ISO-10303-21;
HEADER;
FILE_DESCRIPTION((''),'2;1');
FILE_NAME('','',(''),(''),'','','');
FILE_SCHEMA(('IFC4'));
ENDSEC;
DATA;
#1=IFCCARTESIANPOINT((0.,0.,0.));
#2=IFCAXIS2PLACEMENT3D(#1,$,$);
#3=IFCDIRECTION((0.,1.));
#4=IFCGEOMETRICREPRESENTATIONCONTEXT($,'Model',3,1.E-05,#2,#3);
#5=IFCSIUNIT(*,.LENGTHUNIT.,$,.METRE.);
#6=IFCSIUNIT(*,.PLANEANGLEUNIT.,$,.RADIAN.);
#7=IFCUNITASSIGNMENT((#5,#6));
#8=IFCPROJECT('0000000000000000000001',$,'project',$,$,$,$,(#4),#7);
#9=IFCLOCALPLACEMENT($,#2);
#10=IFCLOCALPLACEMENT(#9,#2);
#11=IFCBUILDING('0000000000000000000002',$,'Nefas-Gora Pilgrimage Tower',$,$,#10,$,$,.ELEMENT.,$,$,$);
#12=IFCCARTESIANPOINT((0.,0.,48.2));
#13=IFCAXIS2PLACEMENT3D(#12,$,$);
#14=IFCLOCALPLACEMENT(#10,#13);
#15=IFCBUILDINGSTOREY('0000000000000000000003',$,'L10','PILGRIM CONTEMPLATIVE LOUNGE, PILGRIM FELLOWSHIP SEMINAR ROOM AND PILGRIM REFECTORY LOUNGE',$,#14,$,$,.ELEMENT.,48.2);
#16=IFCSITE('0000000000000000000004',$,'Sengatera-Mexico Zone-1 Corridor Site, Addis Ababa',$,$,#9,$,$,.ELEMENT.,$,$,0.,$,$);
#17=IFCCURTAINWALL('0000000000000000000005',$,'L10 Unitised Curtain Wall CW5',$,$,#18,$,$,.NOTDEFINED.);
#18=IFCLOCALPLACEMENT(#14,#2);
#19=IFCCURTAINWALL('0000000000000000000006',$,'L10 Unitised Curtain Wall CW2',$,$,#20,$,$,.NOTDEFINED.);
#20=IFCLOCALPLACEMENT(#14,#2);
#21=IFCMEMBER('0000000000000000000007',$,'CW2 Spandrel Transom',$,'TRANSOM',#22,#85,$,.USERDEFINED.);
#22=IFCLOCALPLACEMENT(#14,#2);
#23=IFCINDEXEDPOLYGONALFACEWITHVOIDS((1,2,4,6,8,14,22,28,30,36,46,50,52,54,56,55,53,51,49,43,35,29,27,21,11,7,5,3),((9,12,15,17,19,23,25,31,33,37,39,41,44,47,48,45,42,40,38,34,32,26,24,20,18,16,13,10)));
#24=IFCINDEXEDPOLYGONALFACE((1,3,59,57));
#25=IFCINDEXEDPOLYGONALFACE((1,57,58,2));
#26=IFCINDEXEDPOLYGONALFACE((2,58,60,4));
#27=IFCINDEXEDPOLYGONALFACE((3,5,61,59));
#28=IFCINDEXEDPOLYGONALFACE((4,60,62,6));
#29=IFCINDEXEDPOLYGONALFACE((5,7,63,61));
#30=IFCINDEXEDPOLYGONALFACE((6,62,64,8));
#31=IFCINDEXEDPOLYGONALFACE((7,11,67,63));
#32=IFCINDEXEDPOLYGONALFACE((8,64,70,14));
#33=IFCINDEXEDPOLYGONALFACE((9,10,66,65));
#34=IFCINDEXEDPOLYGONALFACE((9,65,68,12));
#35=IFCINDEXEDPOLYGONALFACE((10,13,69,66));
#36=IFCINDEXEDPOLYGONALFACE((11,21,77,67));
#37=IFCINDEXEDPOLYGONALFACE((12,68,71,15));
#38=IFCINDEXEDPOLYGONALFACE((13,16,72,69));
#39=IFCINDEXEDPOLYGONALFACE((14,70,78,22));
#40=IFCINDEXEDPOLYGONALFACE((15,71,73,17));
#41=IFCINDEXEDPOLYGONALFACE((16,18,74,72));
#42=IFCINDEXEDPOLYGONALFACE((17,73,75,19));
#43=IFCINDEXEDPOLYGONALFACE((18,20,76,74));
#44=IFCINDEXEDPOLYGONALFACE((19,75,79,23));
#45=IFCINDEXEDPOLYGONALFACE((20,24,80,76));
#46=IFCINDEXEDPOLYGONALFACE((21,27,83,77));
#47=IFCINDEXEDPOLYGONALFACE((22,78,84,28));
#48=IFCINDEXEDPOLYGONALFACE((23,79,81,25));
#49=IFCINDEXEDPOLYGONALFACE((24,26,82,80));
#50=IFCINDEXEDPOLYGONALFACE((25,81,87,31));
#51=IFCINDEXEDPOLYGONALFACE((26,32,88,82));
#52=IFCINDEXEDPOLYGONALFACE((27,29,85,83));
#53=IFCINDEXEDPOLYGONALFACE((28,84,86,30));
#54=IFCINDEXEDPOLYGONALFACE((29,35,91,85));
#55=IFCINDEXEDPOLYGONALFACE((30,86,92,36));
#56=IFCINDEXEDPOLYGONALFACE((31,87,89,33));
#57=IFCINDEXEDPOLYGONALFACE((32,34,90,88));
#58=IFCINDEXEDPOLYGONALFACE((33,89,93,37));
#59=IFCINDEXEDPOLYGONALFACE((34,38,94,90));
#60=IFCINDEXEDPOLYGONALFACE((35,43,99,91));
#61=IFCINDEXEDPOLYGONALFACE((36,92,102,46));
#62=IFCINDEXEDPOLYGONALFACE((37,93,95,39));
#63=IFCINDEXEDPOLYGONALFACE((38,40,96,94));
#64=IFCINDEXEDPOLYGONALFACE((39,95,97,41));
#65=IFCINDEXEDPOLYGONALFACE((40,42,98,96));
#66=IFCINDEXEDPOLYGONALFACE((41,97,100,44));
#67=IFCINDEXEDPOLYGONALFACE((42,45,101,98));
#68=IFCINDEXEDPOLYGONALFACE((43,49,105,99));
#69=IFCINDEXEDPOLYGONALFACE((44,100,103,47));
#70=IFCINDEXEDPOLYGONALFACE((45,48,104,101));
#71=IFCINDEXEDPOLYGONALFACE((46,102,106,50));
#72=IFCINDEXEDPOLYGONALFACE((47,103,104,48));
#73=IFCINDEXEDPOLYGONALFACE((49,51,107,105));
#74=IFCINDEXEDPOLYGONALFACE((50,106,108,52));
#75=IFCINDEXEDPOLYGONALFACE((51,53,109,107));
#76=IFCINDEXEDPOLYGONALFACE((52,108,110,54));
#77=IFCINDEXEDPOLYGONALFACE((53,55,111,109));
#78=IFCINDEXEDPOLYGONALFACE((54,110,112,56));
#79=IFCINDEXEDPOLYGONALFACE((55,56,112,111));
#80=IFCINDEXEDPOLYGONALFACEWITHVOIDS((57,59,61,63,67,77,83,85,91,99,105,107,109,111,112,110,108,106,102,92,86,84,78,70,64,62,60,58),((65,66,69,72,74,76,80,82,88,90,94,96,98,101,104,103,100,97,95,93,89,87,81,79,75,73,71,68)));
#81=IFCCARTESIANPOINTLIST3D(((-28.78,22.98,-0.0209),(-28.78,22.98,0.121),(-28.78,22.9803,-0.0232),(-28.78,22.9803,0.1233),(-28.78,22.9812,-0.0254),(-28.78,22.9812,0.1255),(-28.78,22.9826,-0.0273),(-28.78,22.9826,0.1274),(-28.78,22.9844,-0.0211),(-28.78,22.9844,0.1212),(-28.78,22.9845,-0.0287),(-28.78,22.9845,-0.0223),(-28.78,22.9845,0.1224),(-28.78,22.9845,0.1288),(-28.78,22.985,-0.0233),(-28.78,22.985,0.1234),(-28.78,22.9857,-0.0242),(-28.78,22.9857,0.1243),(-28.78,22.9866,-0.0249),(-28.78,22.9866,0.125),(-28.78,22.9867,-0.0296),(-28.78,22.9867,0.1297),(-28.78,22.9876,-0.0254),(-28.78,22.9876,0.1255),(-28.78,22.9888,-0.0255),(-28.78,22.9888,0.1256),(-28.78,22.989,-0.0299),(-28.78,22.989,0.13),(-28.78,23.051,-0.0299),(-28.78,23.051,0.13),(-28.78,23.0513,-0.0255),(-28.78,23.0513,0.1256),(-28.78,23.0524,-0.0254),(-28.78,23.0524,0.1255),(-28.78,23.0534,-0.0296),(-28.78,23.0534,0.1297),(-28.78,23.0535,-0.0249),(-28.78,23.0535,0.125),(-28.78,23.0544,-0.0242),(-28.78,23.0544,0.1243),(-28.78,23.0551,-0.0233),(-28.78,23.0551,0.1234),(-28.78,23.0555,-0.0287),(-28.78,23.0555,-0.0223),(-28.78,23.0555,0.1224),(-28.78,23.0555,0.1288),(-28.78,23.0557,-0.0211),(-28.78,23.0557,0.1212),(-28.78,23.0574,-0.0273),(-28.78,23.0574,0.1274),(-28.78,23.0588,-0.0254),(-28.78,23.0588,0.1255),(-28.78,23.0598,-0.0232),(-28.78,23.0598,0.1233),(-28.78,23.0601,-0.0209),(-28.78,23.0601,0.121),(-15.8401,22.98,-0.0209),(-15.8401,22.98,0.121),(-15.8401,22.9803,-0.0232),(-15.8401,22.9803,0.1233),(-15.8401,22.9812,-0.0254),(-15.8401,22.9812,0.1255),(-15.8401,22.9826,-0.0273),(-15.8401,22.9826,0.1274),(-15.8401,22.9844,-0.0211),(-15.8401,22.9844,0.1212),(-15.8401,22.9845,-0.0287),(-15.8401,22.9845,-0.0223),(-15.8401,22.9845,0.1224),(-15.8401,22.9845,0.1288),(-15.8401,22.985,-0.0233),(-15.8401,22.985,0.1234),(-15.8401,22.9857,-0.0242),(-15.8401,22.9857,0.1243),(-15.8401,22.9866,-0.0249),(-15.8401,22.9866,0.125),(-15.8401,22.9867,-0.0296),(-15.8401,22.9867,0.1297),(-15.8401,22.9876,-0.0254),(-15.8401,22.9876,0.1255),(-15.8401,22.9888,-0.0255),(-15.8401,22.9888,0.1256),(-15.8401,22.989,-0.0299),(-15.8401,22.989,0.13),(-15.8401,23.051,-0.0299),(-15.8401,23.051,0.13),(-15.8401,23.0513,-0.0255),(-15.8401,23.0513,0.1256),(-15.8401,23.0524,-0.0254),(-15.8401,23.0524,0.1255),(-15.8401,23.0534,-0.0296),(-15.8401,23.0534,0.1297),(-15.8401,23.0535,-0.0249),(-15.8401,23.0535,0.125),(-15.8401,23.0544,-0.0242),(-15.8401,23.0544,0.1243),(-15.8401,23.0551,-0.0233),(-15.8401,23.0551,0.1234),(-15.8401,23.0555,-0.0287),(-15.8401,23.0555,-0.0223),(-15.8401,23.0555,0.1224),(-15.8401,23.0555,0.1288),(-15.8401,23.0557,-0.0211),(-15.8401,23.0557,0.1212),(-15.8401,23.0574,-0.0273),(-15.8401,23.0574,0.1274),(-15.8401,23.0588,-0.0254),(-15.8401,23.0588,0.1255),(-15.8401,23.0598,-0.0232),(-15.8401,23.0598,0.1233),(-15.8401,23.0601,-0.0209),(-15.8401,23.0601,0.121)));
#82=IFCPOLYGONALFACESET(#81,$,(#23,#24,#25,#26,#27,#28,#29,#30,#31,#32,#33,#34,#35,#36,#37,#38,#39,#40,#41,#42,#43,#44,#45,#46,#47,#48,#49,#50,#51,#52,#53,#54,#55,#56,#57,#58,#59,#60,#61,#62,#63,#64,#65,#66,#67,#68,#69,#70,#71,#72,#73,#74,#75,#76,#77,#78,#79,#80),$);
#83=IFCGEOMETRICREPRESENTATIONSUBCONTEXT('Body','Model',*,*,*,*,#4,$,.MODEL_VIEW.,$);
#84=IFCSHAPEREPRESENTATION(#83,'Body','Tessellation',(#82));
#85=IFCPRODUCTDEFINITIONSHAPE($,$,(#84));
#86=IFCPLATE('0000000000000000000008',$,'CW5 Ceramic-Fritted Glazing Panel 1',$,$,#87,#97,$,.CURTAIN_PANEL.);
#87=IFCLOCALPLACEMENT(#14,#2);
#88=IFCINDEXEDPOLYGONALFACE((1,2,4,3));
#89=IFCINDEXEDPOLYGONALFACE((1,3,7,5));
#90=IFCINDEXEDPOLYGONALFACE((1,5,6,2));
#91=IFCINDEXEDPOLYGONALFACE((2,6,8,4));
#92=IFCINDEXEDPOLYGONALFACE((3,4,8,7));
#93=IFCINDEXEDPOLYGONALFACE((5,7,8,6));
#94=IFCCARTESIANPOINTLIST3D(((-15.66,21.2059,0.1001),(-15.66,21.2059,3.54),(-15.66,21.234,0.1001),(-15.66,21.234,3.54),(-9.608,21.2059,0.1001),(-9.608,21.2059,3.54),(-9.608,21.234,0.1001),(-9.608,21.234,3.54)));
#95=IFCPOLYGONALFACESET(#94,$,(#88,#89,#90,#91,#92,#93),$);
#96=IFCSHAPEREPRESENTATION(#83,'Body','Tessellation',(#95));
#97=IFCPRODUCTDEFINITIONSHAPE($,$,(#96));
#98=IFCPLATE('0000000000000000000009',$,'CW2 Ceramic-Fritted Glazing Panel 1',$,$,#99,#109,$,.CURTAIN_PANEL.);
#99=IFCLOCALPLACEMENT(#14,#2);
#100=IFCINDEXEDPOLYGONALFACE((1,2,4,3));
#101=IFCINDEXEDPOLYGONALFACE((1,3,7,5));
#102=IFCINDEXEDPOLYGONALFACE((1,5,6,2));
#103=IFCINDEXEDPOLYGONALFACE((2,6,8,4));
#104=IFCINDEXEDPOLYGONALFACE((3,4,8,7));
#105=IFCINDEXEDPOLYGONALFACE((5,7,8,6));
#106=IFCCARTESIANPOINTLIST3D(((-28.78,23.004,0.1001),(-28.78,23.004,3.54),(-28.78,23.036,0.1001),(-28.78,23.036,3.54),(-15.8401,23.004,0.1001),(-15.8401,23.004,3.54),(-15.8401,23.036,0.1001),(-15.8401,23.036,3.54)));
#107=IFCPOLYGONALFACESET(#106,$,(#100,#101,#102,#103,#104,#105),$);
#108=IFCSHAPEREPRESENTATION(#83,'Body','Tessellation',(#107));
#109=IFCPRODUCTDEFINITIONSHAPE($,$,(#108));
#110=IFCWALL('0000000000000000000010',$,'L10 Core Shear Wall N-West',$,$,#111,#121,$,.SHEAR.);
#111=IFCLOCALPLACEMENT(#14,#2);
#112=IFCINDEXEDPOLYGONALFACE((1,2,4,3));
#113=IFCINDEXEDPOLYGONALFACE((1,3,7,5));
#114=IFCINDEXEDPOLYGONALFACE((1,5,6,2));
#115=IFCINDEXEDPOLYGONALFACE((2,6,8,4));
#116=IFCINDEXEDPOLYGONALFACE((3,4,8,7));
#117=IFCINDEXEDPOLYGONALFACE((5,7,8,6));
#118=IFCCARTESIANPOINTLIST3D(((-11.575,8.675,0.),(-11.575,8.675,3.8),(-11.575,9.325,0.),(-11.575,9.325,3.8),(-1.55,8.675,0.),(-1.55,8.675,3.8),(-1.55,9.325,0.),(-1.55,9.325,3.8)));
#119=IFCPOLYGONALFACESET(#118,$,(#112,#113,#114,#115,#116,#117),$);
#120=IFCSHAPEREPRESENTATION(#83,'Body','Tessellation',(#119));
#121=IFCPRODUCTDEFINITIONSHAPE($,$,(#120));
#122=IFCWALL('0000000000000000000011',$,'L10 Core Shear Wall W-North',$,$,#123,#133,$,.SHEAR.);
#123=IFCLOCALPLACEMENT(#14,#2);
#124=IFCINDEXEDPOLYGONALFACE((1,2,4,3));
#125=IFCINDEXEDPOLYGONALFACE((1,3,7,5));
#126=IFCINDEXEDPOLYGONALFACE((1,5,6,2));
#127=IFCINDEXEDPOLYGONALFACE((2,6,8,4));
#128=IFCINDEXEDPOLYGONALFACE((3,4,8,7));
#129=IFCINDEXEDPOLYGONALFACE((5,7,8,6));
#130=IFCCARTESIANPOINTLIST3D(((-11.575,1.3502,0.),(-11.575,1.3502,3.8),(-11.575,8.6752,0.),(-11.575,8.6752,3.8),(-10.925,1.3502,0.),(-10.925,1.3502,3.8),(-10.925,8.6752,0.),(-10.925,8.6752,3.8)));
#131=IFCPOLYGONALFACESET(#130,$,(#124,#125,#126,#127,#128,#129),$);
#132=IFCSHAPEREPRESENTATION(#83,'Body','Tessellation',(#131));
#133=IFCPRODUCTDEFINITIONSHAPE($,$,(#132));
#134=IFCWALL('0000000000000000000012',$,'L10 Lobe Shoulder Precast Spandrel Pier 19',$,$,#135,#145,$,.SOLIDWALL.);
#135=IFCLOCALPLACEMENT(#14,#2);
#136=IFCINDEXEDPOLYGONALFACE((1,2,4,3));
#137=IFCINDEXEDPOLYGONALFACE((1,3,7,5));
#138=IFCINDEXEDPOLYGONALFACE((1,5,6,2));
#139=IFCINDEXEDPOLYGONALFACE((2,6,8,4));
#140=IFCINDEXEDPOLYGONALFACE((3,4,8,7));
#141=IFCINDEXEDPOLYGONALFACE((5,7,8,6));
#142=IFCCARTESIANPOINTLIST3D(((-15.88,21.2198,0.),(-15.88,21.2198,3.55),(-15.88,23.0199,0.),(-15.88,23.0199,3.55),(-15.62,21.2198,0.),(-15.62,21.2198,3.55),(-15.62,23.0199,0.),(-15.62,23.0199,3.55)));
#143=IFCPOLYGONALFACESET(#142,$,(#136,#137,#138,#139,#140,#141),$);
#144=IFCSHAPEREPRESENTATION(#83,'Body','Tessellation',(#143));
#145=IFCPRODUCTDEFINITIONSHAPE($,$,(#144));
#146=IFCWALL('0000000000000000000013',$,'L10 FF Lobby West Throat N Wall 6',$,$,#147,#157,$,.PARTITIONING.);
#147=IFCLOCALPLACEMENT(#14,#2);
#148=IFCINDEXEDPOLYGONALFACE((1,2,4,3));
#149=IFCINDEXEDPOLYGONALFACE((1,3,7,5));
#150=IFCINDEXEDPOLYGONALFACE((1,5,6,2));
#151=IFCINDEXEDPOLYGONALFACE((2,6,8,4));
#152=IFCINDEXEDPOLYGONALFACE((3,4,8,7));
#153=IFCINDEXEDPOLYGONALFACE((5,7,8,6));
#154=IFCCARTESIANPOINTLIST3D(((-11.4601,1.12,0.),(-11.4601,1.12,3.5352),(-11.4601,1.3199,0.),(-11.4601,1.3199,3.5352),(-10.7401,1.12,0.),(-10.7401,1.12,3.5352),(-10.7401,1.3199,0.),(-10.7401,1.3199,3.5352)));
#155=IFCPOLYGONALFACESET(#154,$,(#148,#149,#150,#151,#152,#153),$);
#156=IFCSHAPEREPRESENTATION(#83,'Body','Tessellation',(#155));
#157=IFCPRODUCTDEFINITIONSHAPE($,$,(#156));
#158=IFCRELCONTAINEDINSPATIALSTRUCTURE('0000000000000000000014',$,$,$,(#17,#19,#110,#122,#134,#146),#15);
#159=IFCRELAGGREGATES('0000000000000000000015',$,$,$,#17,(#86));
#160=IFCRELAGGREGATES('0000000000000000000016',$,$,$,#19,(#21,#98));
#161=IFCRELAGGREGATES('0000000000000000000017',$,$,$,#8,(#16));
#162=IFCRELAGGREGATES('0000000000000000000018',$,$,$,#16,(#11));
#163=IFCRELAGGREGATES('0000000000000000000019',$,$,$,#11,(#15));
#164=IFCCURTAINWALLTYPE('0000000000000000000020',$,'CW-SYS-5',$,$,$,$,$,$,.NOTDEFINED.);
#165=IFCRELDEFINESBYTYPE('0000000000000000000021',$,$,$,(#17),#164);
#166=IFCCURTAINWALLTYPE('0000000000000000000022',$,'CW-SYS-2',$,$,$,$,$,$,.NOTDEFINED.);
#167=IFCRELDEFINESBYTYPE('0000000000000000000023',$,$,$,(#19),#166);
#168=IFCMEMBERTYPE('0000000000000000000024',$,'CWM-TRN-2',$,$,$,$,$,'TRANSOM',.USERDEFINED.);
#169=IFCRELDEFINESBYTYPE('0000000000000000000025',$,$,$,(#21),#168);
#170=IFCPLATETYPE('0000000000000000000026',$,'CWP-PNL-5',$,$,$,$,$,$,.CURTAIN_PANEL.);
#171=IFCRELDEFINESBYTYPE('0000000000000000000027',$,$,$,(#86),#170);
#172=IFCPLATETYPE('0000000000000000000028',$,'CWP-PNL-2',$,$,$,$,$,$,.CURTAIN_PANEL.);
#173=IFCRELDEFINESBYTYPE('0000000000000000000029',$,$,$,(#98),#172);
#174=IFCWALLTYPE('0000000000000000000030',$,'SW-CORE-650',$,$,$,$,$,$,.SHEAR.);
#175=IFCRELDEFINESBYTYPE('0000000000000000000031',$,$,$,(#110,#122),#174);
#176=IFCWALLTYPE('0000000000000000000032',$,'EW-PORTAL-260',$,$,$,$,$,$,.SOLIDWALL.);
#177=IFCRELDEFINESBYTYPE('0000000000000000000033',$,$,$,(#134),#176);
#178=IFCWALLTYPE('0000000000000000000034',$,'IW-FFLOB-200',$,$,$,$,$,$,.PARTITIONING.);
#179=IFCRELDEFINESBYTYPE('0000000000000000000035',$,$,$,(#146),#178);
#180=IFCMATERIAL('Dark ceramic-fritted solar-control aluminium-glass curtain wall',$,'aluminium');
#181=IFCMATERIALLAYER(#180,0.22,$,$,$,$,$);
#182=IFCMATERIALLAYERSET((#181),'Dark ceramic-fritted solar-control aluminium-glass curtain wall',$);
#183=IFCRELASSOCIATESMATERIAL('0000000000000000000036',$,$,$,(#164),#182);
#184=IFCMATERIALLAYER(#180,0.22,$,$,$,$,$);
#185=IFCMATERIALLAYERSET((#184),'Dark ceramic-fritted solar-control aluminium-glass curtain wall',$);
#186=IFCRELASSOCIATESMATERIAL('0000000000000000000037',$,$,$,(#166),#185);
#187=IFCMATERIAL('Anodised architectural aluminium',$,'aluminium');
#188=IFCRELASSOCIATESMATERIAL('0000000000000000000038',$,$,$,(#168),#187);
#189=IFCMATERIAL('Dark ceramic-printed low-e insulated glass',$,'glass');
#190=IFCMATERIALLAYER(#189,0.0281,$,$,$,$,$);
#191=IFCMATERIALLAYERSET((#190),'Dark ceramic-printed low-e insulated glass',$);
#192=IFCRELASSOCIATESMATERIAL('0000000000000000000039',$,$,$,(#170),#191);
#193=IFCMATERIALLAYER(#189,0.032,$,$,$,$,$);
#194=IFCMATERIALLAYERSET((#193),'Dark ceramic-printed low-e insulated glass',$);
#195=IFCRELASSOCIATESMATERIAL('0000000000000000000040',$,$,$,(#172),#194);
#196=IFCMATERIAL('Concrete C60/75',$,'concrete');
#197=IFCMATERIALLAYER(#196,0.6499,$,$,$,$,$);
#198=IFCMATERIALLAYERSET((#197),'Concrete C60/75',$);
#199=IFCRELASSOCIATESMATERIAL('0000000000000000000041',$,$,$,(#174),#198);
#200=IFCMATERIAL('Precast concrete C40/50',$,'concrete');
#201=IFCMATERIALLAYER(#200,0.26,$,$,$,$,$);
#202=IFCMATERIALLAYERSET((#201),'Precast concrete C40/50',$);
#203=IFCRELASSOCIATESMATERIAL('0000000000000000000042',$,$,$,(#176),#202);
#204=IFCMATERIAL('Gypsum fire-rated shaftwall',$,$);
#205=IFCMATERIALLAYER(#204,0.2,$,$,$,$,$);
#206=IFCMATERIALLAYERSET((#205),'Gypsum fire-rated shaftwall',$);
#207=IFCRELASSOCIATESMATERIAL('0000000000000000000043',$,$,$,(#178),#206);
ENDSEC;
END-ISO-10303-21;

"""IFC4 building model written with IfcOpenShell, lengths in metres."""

from ifc_helpers import new_model, si_unit, direction, frame, frame_2d, origin, origin_2d, place, context, subcontext, project, spatial, rectangle, hollow_rectangle, extrude, source, transform, mapped, material, layer, layer_set, material_profile, profile_set, type_object, element, aggregate, save


model = new_model("IFC4")

# Units and contexts
model_context = context("Model", 3, precision=1e-05, world=origin(), true_north=direction((0.0, 1.0)))
body_context = subcontext(model_context, "Body", "Model", "MODEL_VIEW")
ifc_project = project(units=[si_unit("LENGTHUNIT", "METRE"), si_unit("PLANEANGLEUNIT", "RADIAN")], contexts=[model_context])

# Site, building, storey
site_placement = place(None, origin())
site = spatial("IfcSite", under=ifc_project, at=site_placement, Name="Sengatera-Mexico Zone-1 Corridor Site, Addis Ababa", CompositionType="ELEMENT", RefElevation=0.0)
building_placement = place(site_placement, origin())
building = spatial("IfcBuilding", under=site, at=building_placement, Name="Nefas-Gora Pilgrimage Tower", CompositionType="ELEMENT")
storey_placement = place(building_placement, frame((0.0, 0.0, 48.2)))
storey = spatial("IfcBuildingStorey", under=building, at=storey_placement, Name="L10", Description="PILGRIM CONTEMPLATIVE LOUNGE, PILGRIM FELLOWSHIP SEMINAR ROOM AND PILGRIM REFECTORY LOUNGE", CompositionType="ELEMENT", Elevation=48.2)

# Curtain wall
ifc_material_1 = material(Name="Dark ceramic-fritted solar-control aluminium-glass curtain wall", Category="aluminium")
ifc_layer_1 = layer(ifc_material_1, 0.22)
ifc_layer_set_1 = layer_set([ifc_layer_1], Name="Dark ceramic-fritted solar-control aluminium-glass curtain wall")
curtain_wall_type_1 = type_object("IfcCurtainWallType", Name="CW-SYS-5", PredefinedType="NOTDEFINED", material=ifc_layer_set_1)
curtain_wall_1_placement = place(storey_placement, origin())
curtain_wall_1 = element("IfcCurtainWall", 1, at=curtain_wall_1_placement, inside=storey, type_object=curtain_wall_type_1, Name="L10 Unitised Curtain Wall CW5", PredefinedType="NOTDEFINED")
ifc_material_2 = material(Name="Anodised architectural aluminium", Category="aluminium")

# Curtain wall, member
ifc_layer_2 = layer(ifc_material_1, 0.22)
ifc_layer_set_2 = layer_set([ifc_layer_2], Name="Dark ceramic-fritted solar-control aluminium-glass curtain wall")
curtain_wall_type_2 = type_object("IfcCurtainWallType", Name="CW-SYS-2", PredefinedType="NOTDEFINED", material=ifc_layer_set_2)
curtain_wall_2_placement = place(storey_placement, origin())
curtain_wall_2 = element("IfcCurtainWall", 2, at=curtain_wall_2_placement, inside=storey, type_object=curtain_wall_type_2, Name="L10 Unitised Curtain Wall CW2", PredefinedType="NOTDEFINED")
ifc_material_profile_1 = material_profile(ifc_material_2, hollow_rectangle(XDim=0.0801, YDim=0.1599, WallThickness=0.0044, InnerFilletRadius=0.0044, OuterFilletRadius=0.009, at=origin_2d()), Name="ALU TRANSOM 80x160")
ifc_profile_set_1 = profile_set([ifc_material_profile_1], Name="Anodised architectural aluminium")
member_type_1 = type_object("IfcMemberType", Name="CWM-TRN-2", ElementType="TRANSOM", PredefinedType="USERDEFINED", material=ifc_profile_set_1)
shared_shape_1 = source(origin(), body_context, "Body", "SweptSolid", [
    extrude(hollow_rectangle(XDim=0.0801, YDim=0.1599, WallThickness=0.0044, InnerFilletRadius=0.0044, OuterFilletRadius=0.009, at=origin_2d()), origin(), (0.0, 0.0, 1.0), 12.9399),
])
member_1_placement = place(storey_placement, frame((-15.8401, 23.02, 0.05), z_axis=(-1.0, 0.0, 0.0), x_axis=(0.0, -1.0, 0.0)))
member_1 = element("IfcMember", 3, at=member_1_placement, type_object=member_type_1, Name="CW2 Spandrel Transom", ObjectType="TRANSOM", PredefinedType="USERDEFINED", context=body_context, shape_type="MappedRepresentation", body=[
    mapped(shared_shape_1, transform((0.0, 0.0, 0.0), x_axis=(1.0, 0.0, 0.0), y_axis=(0.0, 1.0, 0.0), z_axis=(0.0, 0.0, 1.0), scale=1.0)),
])

# Plates
ifc_material_3 = material(Name="Dark ceramic-printed low-e insulated glass", Category="glass")
ifc_layer_3 = layer(ifc_material_3, 0.0281)
ifc_layer_set_3 = layer_set([ifc_layer_3], Name="Dark ceramic-printed low-e insulated glass")
plate_type_1 = type_object("IfcPlateType", Name="CWP-PNL-5", PredefinedType="CURTAIN_PANEL", material=ifc_layer_set_3)
shared_shape_2 = source(origin(), body_context, "Body", "SweptSolid", [
    extrude(rectangle(XDim=6.052, YDim=0.0281, at=origin_2d()), origin(), (0.0, 0.0, 1.0), 3.4399),
])
plate_1_placement = place(storey_placement, frame((-12.634, 21.22, 0.1001), z_axis=(0.0, 0.0, 1.0), x_axis=(-1.0, 0.0, 0.0)))
plate_1 = element("IfcPlate", 4, at=plate_1_placement, type_object=plate_type_1, Name="CW5 Ceramic-Fritted Glazing Panel 1", PredefinedType="CURTAIN_PANEL", context=body_context, shape_type="MappedRepresentation", body=[
    mapped(shared_shape_2, transform((0.0, 0.0, 0.0), x_axis=(1.0, 0.0, 0.0), y_axis=(0.0, 1.0, 0.0), z_axis=(0.0, 0.0, 1.0), scale=1.0)),
])
aggregate(curtain_wall_1, [plate_1])
ifc_layer_4 = layer(ifc_material_3, 0.032)
ifc_layer_set_4 = layer_set([ifc_layer_4], Name="Dark ceramic-printed low-e insulated glass")
plate_type_2 = type_object("IfcPlateType", Name="CWP-PNL-2", PredefinedType="CURTAIN_PANEL", material=ifc_layer_set_4)
shared_shape_3 = source(origin(), body_context, "Body", "SweptSolid", [
    extrude(rectangle(XDim=12.9399, YDim=0.032, at=origin_2d()), origin(), (0.0, 0.0, 1.0), 3.4399),
])
plate_2_placement = place(storey_placement, frame((-22.3101, 23.02, 0.1001), z_axis=(0.0, 0.0, 1.0), x_axis=(-1.0, 0.0, 0.0)))
plate_2 = element("IfcPlate", 5, at=plate_2_placement, type_object=plate_type_2, Name="CW2 Ceramic-Fritted Glazing Panel 1", PredefinedType="CURTAIN_PANEL", context=body_context, shape_type="MappedRepresentation", body=[
    mapped(shared_shape_3, transform((0.0, 0.0, 0.0), x_axis=(1.0, 0.0, 0.0), y_axis=(0.0, 1.0, 0.0), z_axis=(0.0, 0.0, 1.0), scale=1.0)),
])
aggregate(curtain_wall_2, [member_1, plate_2])

# Walls
ifc_material_4 = material(Name="Concrete C60/75", Category="concrete")
ifc_layer_5 = layer(ifc_material_4, 0.6499)
ifc_layer_set_5 = layer_set([ifc_layer_5], Name="Concrete C60/75")
wall_type_1 = type_object("IfcWallType", Name="SW-CORE-650", PredefinedType="SHEAR", material=ifc_layer_set_5)
shared_shape_4 = source(origin(), body_context, "Body", "SweptSolid", [
    extrude(rectangle(XDim=10.0249, YDim=0.6499, at=frame_2d((5.0125, 0.0))), origin(), (0.0, 0.0, 1.0), 3.8),
])
wall_1_placement = place(storey_placement, frame((-11.575, 9.0, 0.0), z_axis=(0.0, 0.0, 1.0), x_axis=(1.0, 0.0, 0.0)))
element("IfcWall", 6, at=wall_1_placement, inside=storey, type_object=wall_type_1, Name="L10 Core Shear Wall N-West", PredefinedType="SHEAR", context=body_context, shape_type="MappedRepresentation", body=[
    mapped(shared_shape_4, transform((0.0, 0.0, 0.0), x_axis=(1.0, 0.0, 0.0), y_axis=(0.0, 1.0, 0.0), z_axis=(0.0, 0.0, 1.0), scale=1.0)),
])
shared_shape_5 = source(origin(), body_context, "Body", "SweptSolid", [
    extrude(rectangle(XDim=7.325, YDim=0.6499, at=frame_2d((3.6626, 0.0))), origin(), (0.0, 0.0, 1.0), 3.8),
])
wall_2_placement = place(storey_placement, frame((-11.25, 1.3501, 0.0), z_axis=(0.0, 0.0, 1.0), x_axis=(0.0, 1.0, 0.0)))
element("IfcWall", 7, at=wall_2_placement, inside=storey, type_object=wall_type_1, Name="L10 Core Shear Wall W-North", PredefinedType="SHEAR", context=body_context, shape_type="MappedRepresentation", body=[
    mapped(shared_shape_5, transform((0.0, 0.0, 0.0), x_axis=(1.0, 0.0, 0.0), y_axis=(0.0, 1.0, 0.0), z_axis=(0.0, 0.0, 1.0), scale=1.0)),
])
ifc_material_5 = material(Name="Precast concrete C40/50", Category="concrete")
ifc_layer_6 = layer(ifc_material_5, 0.26)
ifc_layer_set_6 = layer_set([ifc_layer_6], Name="Precast concrete C40/50")
wall_type_2 = type_object("IfcWallType", Name="EW-PORTAL-260", PredefinedType="SOLIDWALL", material=ifc_layer_set_6)
shared_shape_6 = source(origin(), body_context, "Body", "SweptSolid", [
    extrude(rectangle(XDim=1.8, YDim=0.26, at=frame_2d((0.8999, 0.0))), origin(), (0.0, 0.0, 1.0), 3.55),
])
wall_3_placement = place(storey_placement, frame((-15.75, 21.22, 0.0), z_axis=(0.0, 0.0, 1.0), x_axis=(0.0, 1.0, 0.0)))
element("IfcWall", 8, at=wall_3_placement, inside=storey, type_object=wall_type_2, Name="L10 Lobe Shoulder Precast Spandrel Pier 19", PredefinedType="SOLIDWALL", context=body_context, shape_type="MappedRepresentation", body=[
    mapped(shared_shape_6, transform((0.0, 0.0, 0.0), x_axis=(1.0, 0.0, 0.0), y_axis=(0.0, 1.0, 0.0), z_axis=(0.0, 0.0, 1.0), scale=1.0)),
])
ifc_material_6 = material(Name="Gypsum fire-rated shaftwall")
ifc_layer_7 = layer(ifc_material_6, 0.2)
ifc_layer_set_7 = layer_set([ifc_layer_7], Name="Gypsum fire-rated shaftwall")
wall_type_3 = type_object("IfcWallType", Name="IW-FFLOB-200", PredefinedType="PARTITIONING", material=ifc_layer_set_7)
shared_shape_7 = source(origin(), body_context, "Body", "SweptSolid", [
    extrude(rectangle(XDim=0.72, YDim=0.2, at=frame_2d((0.3599, 0.0))), origin(), (0.0, 0.0, 1.0), 3.5352),
])
wall_4_placement = place(storey_placement, frame((-11.46, 1.22, 0.0), z_axis=(0.0, 0.0, 1.0), x_axis=(1.0, 0.0, 0.0)))
element("IfcWall", 9, at=wall_4_placement, inside=storey, type_object=wall_type_3, Name="L10 FF Lobby West Throat N Wall 6", PredefinedType="PARTITIONING", context=body_context, shape_type="MappedRepresentation", body=[
    mapped(shared_shape_7, transform((0.0, 0.0, 0.0), x_axis=(1.0, 0.0, 0.0), y_axis=(0.0, 1.0, 0.0), z_axis=(0.0, 0.0, 1.0), scale=1.0)),
])

save(model, "model.ifc")
